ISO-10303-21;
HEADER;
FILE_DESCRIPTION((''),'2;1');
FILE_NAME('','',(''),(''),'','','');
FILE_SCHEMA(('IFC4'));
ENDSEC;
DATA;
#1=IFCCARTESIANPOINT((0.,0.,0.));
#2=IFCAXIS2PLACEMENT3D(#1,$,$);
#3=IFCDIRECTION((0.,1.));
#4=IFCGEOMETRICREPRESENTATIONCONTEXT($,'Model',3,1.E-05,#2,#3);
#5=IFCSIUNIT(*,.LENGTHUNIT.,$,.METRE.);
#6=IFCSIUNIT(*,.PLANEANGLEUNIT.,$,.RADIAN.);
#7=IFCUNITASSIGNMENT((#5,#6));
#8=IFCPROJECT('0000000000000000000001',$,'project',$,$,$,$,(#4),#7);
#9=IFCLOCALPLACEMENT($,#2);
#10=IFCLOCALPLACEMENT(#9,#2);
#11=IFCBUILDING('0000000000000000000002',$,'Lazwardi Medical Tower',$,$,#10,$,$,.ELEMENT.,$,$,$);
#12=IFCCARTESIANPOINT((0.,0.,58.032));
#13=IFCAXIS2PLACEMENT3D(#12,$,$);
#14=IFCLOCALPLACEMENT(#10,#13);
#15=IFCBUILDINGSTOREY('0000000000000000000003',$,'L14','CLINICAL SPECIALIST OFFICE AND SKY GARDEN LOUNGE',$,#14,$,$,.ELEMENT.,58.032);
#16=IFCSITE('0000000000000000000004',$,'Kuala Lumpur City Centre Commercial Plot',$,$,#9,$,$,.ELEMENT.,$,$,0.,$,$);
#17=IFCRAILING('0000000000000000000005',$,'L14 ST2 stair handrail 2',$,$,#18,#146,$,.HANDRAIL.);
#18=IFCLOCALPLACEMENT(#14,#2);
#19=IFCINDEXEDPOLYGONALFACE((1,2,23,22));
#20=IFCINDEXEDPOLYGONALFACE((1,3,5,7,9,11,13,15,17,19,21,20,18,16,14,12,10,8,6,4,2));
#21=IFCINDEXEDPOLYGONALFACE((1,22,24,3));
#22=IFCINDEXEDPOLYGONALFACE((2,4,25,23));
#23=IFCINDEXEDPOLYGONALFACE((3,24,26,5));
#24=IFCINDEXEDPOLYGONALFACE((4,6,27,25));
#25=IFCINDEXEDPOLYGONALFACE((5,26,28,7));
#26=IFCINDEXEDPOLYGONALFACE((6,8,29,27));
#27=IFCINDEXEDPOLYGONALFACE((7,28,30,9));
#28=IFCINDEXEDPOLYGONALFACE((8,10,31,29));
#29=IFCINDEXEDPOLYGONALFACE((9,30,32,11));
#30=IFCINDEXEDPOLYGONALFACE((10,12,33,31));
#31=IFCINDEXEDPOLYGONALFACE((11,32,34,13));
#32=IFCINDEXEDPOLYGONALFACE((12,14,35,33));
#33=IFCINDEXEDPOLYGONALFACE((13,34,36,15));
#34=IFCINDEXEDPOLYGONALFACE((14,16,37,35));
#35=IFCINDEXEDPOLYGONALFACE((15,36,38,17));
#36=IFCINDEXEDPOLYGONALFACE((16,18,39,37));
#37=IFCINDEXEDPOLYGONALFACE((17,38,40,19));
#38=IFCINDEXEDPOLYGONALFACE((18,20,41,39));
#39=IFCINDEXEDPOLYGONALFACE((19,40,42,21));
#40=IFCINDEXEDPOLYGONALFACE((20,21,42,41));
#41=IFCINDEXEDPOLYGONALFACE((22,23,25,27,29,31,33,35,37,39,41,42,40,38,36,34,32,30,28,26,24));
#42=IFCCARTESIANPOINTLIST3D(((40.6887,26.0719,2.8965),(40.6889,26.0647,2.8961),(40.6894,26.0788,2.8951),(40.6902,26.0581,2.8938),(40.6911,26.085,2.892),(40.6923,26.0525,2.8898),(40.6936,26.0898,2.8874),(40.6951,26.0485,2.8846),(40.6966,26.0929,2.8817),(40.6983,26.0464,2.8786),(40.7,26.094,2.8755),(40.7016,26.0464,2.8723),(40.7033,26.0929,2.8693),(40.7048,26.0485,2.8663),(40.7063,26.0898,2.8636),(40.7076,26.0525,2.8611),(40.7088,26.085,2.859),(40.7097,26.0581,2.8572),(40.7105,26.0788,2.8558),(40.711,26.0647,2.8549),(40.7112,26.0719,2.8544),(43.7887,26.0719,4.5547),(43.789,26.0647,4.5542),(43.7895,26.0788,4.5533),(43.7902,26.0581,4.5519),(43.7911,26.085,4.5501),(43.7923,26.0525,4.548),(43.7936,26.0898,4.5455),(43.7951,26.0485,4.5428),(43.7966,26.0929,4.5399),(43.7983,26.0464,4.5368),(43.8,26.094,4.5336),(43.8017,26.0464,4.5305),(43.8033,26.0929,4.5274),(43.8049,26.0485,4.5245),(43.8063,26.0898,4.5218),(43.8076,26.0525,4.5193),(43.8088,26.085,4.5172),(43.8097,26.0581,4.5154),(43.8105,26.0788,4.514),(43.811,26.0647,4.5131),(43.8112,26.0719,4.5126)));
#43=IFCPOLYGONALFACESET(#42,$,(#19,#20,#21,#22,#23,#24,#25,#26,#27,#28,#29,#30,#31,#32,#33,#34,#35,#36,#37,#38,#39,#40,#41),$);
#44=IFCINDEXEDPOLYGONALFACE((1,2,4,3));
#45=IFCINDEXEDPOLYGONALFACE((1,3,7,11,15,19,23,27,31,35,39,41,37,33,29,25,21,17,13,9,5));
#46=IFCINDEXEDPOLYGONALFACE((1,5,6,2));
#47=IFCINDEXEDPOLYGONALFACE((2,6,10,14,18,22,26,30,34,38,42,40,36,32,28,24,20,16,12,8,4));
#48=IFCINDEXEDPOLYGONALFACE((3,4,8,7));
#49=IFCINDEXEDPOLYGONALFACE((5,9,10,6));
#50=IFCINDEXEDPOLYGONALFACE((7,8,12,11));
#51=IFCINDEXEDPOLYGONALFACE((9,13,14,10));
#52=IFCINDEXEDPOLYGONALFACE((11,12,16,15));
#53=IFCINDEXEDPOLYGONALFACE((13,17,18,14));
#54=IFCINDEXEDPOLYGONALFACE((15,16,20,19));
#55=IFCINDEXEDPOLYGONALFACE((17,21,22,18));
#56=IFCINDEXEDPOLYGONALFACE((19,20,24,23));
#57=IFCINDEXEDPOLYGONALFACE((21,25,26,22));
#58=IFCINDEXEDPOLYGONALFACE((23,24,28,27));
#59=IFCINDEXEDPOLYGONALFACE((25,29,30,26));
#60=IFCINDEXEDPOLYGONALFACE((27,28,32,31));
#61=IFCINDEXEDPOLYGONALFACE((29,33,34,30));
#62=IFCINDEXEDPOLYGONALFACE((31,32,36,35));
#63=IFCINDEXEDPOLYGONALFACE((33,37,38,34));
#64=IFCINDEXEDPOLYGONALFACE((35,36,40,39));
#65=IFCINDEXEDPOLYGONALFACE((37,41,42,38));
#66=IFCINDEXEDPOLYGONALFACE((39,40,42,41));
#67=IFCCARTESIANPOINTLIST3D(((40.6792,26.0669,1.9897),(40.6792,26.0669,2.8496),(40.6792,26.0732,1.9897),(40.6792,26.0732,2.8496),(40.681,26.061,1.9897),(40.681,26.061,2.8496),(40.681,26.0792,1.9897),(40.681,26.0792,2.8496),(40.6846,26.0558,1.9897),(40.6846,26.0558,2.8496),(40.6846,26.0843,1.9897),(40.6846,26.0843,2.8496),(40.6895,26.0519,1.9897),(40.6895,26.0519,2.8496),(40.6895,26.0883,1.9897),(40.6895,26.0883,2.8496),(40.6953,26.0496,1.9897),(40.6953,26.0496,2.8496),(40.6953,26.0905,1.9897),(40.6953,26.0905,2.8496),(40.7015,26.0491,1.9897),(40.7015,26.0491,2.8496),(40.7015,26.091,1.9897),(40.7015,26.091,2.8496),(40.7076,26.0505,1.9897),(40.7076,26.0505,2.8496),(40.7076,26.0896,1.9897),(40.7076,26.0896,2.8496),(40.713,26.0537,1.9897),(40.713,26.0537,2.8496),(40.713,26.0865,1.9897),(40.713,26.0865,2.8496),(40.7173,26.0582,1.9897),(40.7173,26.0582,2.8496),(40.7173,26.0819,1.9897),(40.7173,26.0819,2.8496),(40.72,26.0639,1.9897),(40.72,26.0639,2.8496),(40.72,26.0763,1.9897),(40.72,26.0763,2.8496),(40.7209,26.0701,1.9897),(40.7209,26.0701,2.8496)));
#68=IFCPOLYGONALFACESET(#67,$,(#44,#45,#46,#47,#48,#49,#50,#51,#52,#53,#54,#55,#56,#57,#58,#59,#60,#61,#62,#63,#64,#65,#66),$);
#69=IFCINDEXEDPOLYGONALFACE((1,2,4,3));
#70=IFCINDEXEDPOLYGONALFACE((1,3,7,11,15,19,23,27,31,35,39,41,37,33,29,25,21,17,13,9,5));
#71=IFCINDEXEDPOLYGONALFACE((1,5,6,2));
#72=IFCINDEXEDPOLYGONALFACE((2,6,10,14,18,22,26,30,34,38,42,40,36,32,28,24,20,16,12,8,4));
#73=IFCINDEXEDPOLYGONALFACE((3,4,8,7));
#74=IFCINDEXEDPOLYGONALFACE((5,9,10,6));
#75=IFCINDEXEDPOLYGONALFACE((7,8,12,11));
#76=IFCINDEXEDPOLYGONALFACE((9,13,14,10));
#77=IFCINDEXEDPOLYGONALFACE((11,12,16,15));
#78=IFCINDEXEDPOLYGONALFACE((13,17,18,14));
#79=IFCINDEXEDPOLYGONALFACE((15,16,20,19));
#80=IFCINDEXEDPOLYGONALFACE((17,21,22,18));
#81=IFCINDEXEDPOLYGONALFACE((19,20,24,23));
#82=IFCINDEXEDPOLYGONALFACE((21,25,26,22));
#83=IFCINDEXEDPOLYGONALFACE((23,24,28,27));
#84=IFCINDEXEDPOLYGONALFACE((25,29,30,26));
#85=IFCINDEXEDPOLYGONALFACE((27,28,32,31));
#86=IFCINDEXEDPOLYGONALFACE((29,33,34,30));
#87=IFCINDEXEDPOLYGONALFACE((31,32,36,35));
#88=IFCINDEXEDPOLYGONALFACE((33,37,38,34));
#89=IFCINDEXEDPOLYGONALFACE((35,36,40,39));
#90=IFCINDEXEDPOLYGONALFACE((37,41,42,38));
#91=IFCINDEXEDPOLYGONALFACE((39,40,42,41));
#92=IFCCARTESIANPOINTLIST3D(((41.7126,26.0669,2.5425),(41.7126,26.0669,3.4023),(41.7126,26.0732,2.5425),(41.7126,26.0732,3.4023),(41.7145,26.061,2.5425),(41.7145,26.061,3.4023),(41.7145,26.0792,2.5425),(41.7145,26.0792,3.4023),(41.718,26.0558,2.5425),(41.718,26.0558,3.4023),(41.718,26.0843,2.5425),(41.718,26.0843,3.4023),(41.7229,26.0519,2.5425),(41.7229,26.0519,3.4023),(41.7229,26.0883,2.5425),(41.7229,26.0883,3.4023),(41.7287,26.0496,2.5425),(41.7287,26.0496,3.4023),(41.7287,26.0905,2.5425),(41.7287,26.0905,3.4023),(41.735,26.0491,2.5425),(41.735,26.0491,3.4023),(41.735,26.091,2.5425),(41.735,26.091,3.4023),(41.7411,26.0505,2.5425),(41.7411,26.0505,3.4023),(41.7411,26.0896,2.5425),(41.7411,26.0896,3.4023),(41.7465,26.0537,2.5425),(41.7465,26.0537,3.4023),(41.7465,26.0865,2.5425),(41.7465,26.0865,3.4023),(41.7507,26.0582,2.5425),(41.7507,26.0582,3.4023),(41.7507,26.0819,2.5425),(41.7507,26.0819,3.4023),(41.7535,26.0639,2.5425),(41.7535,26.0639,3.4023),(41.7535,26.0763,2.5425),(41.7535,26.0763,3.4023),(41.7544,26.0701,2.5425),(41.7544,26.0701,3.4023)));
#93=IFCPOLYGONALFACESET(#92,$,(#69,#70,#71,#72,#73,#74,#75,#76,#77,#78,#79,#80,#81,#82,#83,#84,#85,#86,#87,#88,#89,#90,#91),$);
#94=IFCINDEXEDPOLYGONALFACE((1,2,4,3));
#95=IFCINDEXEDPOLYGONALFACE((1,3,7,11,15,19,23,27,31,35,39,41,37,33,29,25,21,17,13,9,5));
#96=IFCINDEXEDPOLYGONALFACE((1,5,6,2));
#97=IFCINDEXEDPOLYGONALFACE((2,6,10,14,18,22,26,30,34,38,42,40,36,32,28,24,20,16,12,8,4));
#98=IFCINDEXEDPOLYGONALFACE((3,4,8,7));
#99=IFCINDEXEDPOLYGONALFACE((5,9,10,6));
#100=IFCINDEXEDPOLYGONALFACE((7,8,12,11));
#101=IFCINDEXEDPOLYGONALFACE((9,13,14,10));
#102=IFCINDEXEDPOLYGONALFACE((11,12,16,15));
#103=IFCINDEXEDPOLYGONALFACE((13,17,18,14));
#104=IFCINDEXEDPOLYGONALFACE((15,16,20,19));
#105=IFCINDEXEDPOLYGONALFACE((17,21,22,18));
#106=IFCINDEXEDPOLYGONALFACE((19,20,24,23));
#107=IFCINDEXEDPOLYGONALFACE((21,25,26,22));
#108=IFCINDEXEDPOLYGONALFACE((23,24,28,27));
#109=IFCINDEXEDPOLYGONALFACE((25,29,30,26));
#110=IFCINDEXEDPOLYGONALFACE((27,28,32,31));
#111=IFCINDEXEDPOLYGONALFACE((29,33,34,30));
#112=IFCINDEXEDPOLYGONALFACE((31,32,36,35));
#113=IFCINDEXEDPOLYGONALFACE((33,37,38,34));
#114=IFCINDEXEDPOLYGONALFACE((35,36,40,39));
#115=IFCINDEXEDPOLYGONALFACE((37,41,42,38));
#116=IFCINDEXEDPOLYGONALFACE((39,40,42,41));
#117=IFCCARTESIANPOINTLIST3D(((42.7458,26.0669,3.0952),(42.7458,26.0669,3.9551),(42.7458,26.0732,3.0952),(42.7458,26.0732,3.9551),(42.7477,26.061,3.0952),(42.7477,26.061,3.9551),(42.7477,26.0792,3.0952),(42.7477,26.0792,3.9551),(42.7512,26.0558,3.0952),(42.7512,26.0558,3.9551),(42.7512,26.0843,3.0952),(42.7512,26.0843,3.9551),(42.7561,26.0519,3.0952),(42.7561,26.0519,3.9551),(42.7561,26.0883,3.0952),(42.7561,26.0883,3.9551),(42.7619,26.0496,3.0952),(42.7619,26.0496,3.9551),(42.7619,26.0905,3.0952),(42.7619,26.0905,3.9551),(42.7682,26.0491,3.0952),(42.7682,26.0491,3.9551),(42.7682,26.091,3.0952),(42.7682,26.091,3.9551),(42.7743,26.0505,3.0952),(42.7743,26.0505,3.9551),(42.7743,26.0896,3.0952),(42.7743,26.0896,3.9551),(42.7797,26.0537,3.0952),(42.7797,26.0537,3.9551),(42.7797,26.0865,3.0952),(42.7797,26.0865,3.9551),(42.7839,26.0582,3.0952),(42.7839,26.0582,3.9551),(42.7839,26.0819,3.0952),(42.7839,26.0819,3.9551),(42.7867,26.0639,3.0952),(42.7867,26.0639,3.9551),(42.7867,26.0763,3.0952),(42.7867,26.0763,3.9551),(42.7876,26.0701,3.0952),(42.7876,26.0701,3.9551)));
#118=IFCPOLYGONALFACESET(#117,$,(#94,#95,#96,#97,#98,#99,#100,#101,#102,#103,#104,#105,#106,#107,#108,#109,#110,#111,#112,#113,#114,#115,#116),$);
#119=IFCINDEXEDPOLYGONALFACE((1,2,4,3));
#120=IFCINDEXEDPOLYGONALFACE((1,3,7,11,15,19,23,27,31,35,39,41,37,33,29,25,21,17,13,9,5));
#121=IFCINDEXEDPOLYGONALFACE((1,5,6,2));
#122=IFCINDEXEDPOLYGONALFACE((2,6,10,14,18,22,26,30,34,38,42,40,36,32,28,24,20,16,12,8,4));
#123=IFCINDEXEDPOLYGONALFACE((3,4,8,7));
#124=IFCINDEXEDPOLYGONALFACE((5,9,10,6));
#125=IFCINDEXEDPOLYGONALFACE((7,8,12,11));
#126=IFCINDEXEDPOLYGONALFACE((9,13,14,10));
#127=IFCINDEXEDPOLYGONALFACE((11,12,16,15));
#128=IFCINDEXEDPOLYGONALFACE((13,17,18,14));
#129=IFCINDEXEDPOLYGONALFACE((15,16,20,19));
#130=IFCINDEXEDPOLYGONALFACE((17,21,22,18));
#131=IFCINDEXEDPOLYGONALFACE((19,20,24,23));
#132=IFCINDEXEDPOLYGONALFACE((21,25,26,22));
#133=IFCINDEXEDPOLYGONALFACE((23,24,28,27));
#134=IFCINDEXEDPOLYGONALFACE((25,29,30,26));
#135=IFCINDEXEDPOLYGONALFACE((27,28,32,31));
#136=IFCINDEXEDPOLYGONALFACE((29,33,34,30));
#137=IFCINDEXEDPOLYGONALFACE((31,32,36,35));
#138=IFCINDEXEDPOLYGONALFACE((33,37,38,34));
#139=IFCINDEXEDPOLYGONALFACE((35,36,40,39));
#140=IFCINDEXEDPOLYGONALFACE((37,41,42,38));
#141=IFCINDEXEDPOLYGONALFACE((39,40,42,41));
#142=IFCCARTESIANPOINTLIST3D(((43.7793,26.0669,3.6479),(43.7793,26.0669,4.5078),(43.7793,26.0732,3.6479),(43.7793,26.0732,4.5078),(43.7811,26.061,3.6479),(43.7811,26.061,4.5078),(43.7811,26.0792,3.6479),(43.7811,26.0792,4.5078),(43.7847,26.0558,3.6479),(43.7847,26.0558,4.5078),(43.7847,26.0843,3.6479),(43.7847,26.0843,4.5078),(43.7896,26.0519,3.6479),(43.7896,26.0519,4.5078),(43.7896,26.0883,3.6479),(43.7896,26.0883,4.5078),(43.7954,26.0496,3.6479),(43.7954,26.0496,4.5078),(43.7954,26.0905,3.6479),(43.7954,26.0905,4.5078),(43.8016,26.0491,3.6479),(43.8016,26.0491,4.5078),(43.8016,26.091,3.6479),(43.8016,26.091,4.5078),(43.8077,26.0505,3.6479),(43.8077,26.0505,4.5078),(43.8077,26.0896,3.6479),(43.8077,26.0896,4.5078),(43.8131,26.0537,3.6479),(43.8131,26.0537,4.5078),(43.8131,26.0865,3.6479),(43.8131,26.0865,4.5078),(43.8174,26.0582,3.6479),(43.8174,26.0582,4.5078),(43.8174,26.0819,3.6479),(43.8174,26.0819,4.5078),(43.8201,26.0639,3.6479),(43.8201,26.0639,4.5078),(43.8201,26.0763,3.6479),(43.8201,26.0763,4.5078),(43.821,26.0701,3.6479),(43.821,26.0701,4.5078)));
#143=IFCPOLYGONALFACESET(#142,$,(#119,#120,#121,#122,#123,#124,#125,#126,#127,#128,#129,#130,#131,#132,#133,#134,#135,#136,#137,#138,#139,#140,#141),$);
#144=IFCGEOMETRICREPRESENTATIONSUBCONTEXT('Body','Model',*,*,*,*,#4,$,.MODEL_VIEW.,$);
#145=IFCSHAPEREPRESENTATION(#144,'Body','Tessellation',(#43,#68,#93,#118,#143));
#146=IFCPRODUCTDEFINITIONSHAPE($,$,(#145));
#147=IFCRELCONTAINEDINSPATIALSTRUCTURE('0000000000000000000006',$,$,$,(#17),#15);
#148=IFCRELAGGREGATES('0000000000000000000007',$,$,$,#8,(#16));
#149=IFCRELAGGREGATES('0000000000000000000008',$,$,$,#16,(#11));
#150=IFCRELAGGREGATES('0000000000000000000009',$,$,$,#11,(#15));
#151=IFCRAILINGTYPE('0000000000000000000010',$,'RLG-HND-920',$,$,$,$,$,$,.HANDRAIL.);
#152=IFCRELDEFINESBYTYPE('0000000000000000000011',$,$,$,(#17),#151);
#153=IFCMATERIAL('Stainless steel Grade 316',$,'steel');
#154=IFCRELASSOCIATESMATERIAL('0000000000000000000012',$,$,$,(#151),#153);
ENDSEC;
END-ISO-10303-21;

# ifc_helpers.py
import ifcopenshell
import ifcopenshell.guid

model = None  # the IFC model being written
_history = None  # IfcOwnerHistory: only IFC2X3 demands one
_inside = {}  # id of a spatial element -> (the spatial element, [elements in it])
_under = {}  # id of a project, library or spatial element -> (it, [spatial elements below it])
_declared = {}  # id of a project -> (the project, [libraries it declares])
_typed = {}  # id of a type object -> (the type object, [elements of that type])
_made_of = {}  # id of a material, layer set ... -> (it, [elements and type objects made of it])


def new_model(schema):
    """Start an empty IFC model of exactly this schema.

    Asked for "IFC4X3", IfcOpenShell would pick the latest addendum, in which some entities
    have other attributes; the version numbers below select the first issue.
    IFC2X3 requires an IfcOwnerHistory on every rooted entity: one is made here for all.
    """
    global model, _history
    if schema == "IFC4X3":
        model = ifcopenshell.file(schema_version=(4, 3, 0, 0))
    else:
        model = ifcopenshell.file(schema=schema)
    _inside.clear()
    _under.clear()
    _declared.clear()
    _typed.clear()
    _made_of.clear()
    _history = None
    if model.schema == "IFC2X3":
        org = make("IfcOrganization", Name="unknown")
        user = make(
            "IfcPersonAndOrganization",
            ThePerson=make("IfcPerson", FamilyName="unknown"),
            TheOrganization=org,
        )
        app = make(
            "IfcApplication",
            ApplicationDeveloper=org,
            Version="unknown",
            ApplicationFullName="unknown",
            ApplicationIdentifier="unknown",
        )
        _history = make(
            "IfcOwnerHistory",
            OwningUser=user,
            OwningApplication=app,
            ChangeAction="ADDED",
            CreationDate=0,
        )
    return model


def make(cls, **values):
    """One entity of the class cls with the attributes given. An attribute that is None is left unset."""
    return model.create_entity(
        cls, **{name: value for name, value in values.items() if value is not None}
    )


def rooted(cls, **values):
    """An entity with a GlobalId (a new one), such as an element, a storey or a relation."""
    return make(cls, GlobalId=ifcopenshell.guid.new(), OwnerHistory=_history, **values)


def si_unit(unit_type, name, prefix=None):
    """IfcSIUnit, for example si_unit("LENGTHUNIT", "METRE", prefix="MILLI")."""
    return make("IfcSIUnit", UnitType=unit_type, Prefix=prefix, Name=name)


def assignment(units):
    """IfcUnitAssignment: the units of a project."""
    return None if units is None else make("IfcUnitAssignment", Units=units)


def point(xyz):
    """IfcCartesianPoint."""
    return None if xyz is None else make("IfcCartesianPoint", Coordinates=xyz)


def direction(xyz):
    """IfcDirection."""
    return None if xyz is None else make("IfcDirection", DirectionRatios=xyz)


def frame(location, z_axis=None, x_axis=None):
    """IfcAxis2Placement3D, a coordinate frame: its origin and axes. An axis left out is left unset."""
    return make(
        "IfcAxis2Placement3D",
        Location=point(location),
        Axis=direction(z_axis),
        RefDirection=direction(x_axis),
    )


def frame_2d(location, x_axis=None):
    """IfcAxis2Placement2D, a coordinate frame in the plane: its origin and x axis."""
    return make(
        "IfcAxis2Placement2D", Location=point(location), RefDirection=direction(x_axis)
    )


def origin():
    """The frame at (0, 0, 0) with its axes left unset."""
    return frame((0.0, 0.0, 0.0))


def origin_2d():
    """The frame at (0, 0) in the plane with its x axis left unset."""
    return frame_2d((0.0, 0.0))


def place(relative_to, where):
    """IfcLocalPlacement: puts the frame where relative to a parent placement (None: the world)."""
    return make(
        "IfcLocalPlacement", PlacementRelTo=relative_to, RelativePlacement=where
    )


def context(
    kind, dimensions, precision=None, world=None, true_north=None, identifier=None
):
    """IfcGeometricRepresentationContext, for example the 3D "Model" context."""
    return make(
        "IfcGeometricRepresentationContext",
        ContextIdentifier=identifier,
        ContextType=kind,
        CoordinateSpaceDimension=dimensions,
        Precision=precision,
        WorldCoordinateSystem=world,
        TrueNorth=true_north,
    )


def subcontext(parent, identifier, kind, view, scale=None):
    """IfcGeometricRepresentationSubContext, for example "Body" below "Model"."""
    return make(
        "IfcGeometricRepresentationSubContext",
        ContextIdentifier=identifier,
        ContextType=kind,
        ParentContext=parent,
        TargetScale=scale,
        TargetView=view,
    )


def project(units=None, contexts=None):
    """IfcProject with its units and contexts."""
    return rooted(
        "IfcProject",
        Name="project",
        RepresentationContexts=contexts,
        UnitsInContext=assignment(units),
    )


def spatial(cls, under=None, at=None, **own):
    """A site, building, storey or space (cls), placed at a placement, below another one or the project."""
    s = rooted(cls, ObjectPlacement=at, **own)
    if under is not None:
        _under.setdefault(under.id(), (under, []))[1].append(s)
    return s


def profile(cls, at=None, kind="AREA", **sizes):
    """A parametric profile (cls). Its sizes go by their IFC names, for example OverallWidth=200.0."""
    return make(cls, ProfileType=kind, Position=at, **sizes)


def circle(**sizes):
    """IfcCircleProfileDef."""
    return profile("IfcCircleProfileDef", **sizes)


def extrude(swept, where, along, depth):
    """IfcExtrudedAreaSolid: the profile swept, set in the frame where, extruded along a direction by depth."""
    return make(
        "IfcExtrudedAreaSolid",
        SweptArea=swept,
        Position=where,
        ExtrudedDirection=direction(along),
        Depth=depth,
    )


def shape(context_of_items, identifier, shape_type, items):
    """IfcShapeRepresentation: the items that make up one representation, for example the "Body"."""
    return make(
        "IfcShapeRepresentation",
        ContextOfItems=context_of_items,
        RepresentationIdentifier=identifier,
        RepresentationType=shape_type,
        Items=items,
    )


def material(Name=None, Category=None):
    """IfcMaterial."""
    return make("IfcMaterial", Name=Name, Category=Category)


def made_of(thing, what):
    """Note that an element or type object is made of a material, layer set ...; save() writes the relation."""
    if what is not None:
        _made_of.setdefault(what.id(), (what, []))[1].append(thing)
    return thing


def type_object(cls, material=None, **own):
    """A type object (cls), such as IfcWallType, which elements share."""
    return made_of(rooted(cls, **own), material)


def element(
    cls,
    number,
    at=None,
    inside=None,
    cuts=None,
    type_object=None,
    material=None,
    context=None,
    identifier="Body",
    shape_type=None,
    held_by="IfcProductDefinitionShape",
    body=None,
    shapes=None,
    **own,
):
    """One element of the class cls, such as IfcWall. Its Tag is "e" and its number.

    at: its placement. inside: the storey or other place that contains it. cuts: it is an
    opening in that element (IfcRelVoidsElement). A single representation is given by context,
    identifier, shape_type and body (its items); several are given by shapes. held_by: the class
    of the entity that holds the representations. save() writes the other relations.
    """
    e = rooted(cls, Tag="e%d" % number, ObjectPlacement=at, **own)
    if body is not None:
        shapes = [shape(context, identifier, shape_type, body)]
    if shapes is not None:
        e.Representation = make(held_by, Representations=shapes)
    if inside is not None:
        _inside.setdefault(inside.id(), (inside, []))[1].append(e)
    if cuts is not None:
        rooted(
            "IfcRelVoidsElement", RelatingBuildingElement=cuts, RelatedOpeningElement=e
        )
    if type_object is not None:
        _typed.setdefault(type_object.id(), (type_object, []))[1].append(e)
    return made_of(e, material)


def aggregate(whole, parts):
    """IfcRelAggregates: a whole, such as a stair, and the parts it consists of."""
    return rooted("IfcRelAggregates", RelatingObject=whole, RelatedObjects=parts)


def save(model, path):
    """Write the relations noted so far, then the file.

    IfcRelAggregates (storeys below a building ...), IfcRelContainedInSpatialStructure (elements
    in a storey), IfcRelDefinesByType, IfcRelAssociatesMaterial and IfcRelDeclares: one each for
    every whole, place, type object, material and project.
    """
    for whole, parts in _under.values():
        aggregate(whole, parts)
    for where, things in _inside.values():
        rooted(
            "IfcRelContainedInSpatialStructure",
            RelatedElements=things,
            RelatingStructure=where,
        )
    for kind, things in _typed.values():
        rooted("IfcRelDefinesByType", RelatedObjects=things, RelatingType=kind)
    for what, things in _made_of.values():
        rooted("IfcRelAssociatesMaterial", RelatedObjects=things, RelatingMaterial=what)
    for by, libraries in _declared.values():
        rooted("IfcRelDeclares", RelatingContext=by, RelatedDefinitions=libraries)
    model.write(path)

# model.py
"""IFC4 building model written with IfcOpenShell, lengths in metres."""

from ifc_helpers import new_model, si_unit, direction, frame, origin, origin_2d, place, context, subcontext, project, spatial, circle, extrude, material, type_object, element, save


model = new_model("IFC4")

# Units and contexts
model_context = context("Model", 3, precision=1e-05, world=origin(), true_north=direction((0.0, 1.0)))
body_context = subcontext(model_context, "Body", "Model", "MODEL_VIEW")
ifc_project = project(units=[si_unit("LENGTHUNIT", "METRE"), si_unit("PLANEANGLEUNIT", "RADIAN")], contexts=[model_context])

# Site, building, storey
site_placement = place(None, origin())
site = spatial("IfcSite", under=ifc_project, at=site_placement, Name="Kuala Lumpur City Centre Commercial Plot", CompositionType="ELEMENT", RefElevation=0.0)
building_placement = place(site_placement, origin())
building = spatial("IfcBuilding", under=site, at=building_placement, Name="Lazwardi Medical Tower", CompositionType="ELEMENT")
storey_placement = place(building_placement, frame((0.0, 0.0, 58.032)))
storey = spatial("IfcBuildingStorey", under=building, at=storey_placement, Name="L14", Description="CLINICAL SPECIALIST OFFICE AND SKY GARDEN LOUNGE", CompositionType="ELEMENT", Elevation=58.032)

# Railing
ifc_material_1 = material(Name="Stainless steel Grade 316", Category="steel")
railing_type_1 = type_object("IfcRailingType", Name="RLG-HND-920", PredefinedType="HANDRAIL", material=ifc_material_1)
railing_1_placement = place(storey_placement, frame((40.7, 26.0701, 1.9897)))
element("IfcRailing", 1, at=railing_1_placement, inside=storey, type_object=railing_type_1, Name="L14 ST2 stair handrail 2", PredefinedType="HANDRAIL", context=body_context, shape_type="SweptSolid", body=[
    extrude(circle(Radius=0.0239, at=origin_2d()), frame((0.0, 0.0, 0.8857), z_axis=(0.881783, 0.0, 0.471655), x_axis=(0.0, 1.0, 0.0)), (0.0, 0.0, 1.0), 3.5156),
    extrude(circle(Radius=0.021, at=origin_2d()), origin(), (0.0, 0.0, 1.0), 0.8599),
    extrude(circle(Radius=0.021, at=origin_2d()), frame((1.0334, 0.0, 0.5527)), (0.0, 0.0, 1.0), 0.8599),
    extrude(circle(Radius=0.021, at=origin_2d()), frame((2.0667, 0.0, 1.1055)), (0.0, 0.0, 1.0), 0.8599),
    extrude(circle(Radius=0.021, at=origin_2d()), frame((3.1001, 0.0, 1.6582)), (0.0, 0.0, 1.0), 0.8599),
])

save(model, "model.ifc")
